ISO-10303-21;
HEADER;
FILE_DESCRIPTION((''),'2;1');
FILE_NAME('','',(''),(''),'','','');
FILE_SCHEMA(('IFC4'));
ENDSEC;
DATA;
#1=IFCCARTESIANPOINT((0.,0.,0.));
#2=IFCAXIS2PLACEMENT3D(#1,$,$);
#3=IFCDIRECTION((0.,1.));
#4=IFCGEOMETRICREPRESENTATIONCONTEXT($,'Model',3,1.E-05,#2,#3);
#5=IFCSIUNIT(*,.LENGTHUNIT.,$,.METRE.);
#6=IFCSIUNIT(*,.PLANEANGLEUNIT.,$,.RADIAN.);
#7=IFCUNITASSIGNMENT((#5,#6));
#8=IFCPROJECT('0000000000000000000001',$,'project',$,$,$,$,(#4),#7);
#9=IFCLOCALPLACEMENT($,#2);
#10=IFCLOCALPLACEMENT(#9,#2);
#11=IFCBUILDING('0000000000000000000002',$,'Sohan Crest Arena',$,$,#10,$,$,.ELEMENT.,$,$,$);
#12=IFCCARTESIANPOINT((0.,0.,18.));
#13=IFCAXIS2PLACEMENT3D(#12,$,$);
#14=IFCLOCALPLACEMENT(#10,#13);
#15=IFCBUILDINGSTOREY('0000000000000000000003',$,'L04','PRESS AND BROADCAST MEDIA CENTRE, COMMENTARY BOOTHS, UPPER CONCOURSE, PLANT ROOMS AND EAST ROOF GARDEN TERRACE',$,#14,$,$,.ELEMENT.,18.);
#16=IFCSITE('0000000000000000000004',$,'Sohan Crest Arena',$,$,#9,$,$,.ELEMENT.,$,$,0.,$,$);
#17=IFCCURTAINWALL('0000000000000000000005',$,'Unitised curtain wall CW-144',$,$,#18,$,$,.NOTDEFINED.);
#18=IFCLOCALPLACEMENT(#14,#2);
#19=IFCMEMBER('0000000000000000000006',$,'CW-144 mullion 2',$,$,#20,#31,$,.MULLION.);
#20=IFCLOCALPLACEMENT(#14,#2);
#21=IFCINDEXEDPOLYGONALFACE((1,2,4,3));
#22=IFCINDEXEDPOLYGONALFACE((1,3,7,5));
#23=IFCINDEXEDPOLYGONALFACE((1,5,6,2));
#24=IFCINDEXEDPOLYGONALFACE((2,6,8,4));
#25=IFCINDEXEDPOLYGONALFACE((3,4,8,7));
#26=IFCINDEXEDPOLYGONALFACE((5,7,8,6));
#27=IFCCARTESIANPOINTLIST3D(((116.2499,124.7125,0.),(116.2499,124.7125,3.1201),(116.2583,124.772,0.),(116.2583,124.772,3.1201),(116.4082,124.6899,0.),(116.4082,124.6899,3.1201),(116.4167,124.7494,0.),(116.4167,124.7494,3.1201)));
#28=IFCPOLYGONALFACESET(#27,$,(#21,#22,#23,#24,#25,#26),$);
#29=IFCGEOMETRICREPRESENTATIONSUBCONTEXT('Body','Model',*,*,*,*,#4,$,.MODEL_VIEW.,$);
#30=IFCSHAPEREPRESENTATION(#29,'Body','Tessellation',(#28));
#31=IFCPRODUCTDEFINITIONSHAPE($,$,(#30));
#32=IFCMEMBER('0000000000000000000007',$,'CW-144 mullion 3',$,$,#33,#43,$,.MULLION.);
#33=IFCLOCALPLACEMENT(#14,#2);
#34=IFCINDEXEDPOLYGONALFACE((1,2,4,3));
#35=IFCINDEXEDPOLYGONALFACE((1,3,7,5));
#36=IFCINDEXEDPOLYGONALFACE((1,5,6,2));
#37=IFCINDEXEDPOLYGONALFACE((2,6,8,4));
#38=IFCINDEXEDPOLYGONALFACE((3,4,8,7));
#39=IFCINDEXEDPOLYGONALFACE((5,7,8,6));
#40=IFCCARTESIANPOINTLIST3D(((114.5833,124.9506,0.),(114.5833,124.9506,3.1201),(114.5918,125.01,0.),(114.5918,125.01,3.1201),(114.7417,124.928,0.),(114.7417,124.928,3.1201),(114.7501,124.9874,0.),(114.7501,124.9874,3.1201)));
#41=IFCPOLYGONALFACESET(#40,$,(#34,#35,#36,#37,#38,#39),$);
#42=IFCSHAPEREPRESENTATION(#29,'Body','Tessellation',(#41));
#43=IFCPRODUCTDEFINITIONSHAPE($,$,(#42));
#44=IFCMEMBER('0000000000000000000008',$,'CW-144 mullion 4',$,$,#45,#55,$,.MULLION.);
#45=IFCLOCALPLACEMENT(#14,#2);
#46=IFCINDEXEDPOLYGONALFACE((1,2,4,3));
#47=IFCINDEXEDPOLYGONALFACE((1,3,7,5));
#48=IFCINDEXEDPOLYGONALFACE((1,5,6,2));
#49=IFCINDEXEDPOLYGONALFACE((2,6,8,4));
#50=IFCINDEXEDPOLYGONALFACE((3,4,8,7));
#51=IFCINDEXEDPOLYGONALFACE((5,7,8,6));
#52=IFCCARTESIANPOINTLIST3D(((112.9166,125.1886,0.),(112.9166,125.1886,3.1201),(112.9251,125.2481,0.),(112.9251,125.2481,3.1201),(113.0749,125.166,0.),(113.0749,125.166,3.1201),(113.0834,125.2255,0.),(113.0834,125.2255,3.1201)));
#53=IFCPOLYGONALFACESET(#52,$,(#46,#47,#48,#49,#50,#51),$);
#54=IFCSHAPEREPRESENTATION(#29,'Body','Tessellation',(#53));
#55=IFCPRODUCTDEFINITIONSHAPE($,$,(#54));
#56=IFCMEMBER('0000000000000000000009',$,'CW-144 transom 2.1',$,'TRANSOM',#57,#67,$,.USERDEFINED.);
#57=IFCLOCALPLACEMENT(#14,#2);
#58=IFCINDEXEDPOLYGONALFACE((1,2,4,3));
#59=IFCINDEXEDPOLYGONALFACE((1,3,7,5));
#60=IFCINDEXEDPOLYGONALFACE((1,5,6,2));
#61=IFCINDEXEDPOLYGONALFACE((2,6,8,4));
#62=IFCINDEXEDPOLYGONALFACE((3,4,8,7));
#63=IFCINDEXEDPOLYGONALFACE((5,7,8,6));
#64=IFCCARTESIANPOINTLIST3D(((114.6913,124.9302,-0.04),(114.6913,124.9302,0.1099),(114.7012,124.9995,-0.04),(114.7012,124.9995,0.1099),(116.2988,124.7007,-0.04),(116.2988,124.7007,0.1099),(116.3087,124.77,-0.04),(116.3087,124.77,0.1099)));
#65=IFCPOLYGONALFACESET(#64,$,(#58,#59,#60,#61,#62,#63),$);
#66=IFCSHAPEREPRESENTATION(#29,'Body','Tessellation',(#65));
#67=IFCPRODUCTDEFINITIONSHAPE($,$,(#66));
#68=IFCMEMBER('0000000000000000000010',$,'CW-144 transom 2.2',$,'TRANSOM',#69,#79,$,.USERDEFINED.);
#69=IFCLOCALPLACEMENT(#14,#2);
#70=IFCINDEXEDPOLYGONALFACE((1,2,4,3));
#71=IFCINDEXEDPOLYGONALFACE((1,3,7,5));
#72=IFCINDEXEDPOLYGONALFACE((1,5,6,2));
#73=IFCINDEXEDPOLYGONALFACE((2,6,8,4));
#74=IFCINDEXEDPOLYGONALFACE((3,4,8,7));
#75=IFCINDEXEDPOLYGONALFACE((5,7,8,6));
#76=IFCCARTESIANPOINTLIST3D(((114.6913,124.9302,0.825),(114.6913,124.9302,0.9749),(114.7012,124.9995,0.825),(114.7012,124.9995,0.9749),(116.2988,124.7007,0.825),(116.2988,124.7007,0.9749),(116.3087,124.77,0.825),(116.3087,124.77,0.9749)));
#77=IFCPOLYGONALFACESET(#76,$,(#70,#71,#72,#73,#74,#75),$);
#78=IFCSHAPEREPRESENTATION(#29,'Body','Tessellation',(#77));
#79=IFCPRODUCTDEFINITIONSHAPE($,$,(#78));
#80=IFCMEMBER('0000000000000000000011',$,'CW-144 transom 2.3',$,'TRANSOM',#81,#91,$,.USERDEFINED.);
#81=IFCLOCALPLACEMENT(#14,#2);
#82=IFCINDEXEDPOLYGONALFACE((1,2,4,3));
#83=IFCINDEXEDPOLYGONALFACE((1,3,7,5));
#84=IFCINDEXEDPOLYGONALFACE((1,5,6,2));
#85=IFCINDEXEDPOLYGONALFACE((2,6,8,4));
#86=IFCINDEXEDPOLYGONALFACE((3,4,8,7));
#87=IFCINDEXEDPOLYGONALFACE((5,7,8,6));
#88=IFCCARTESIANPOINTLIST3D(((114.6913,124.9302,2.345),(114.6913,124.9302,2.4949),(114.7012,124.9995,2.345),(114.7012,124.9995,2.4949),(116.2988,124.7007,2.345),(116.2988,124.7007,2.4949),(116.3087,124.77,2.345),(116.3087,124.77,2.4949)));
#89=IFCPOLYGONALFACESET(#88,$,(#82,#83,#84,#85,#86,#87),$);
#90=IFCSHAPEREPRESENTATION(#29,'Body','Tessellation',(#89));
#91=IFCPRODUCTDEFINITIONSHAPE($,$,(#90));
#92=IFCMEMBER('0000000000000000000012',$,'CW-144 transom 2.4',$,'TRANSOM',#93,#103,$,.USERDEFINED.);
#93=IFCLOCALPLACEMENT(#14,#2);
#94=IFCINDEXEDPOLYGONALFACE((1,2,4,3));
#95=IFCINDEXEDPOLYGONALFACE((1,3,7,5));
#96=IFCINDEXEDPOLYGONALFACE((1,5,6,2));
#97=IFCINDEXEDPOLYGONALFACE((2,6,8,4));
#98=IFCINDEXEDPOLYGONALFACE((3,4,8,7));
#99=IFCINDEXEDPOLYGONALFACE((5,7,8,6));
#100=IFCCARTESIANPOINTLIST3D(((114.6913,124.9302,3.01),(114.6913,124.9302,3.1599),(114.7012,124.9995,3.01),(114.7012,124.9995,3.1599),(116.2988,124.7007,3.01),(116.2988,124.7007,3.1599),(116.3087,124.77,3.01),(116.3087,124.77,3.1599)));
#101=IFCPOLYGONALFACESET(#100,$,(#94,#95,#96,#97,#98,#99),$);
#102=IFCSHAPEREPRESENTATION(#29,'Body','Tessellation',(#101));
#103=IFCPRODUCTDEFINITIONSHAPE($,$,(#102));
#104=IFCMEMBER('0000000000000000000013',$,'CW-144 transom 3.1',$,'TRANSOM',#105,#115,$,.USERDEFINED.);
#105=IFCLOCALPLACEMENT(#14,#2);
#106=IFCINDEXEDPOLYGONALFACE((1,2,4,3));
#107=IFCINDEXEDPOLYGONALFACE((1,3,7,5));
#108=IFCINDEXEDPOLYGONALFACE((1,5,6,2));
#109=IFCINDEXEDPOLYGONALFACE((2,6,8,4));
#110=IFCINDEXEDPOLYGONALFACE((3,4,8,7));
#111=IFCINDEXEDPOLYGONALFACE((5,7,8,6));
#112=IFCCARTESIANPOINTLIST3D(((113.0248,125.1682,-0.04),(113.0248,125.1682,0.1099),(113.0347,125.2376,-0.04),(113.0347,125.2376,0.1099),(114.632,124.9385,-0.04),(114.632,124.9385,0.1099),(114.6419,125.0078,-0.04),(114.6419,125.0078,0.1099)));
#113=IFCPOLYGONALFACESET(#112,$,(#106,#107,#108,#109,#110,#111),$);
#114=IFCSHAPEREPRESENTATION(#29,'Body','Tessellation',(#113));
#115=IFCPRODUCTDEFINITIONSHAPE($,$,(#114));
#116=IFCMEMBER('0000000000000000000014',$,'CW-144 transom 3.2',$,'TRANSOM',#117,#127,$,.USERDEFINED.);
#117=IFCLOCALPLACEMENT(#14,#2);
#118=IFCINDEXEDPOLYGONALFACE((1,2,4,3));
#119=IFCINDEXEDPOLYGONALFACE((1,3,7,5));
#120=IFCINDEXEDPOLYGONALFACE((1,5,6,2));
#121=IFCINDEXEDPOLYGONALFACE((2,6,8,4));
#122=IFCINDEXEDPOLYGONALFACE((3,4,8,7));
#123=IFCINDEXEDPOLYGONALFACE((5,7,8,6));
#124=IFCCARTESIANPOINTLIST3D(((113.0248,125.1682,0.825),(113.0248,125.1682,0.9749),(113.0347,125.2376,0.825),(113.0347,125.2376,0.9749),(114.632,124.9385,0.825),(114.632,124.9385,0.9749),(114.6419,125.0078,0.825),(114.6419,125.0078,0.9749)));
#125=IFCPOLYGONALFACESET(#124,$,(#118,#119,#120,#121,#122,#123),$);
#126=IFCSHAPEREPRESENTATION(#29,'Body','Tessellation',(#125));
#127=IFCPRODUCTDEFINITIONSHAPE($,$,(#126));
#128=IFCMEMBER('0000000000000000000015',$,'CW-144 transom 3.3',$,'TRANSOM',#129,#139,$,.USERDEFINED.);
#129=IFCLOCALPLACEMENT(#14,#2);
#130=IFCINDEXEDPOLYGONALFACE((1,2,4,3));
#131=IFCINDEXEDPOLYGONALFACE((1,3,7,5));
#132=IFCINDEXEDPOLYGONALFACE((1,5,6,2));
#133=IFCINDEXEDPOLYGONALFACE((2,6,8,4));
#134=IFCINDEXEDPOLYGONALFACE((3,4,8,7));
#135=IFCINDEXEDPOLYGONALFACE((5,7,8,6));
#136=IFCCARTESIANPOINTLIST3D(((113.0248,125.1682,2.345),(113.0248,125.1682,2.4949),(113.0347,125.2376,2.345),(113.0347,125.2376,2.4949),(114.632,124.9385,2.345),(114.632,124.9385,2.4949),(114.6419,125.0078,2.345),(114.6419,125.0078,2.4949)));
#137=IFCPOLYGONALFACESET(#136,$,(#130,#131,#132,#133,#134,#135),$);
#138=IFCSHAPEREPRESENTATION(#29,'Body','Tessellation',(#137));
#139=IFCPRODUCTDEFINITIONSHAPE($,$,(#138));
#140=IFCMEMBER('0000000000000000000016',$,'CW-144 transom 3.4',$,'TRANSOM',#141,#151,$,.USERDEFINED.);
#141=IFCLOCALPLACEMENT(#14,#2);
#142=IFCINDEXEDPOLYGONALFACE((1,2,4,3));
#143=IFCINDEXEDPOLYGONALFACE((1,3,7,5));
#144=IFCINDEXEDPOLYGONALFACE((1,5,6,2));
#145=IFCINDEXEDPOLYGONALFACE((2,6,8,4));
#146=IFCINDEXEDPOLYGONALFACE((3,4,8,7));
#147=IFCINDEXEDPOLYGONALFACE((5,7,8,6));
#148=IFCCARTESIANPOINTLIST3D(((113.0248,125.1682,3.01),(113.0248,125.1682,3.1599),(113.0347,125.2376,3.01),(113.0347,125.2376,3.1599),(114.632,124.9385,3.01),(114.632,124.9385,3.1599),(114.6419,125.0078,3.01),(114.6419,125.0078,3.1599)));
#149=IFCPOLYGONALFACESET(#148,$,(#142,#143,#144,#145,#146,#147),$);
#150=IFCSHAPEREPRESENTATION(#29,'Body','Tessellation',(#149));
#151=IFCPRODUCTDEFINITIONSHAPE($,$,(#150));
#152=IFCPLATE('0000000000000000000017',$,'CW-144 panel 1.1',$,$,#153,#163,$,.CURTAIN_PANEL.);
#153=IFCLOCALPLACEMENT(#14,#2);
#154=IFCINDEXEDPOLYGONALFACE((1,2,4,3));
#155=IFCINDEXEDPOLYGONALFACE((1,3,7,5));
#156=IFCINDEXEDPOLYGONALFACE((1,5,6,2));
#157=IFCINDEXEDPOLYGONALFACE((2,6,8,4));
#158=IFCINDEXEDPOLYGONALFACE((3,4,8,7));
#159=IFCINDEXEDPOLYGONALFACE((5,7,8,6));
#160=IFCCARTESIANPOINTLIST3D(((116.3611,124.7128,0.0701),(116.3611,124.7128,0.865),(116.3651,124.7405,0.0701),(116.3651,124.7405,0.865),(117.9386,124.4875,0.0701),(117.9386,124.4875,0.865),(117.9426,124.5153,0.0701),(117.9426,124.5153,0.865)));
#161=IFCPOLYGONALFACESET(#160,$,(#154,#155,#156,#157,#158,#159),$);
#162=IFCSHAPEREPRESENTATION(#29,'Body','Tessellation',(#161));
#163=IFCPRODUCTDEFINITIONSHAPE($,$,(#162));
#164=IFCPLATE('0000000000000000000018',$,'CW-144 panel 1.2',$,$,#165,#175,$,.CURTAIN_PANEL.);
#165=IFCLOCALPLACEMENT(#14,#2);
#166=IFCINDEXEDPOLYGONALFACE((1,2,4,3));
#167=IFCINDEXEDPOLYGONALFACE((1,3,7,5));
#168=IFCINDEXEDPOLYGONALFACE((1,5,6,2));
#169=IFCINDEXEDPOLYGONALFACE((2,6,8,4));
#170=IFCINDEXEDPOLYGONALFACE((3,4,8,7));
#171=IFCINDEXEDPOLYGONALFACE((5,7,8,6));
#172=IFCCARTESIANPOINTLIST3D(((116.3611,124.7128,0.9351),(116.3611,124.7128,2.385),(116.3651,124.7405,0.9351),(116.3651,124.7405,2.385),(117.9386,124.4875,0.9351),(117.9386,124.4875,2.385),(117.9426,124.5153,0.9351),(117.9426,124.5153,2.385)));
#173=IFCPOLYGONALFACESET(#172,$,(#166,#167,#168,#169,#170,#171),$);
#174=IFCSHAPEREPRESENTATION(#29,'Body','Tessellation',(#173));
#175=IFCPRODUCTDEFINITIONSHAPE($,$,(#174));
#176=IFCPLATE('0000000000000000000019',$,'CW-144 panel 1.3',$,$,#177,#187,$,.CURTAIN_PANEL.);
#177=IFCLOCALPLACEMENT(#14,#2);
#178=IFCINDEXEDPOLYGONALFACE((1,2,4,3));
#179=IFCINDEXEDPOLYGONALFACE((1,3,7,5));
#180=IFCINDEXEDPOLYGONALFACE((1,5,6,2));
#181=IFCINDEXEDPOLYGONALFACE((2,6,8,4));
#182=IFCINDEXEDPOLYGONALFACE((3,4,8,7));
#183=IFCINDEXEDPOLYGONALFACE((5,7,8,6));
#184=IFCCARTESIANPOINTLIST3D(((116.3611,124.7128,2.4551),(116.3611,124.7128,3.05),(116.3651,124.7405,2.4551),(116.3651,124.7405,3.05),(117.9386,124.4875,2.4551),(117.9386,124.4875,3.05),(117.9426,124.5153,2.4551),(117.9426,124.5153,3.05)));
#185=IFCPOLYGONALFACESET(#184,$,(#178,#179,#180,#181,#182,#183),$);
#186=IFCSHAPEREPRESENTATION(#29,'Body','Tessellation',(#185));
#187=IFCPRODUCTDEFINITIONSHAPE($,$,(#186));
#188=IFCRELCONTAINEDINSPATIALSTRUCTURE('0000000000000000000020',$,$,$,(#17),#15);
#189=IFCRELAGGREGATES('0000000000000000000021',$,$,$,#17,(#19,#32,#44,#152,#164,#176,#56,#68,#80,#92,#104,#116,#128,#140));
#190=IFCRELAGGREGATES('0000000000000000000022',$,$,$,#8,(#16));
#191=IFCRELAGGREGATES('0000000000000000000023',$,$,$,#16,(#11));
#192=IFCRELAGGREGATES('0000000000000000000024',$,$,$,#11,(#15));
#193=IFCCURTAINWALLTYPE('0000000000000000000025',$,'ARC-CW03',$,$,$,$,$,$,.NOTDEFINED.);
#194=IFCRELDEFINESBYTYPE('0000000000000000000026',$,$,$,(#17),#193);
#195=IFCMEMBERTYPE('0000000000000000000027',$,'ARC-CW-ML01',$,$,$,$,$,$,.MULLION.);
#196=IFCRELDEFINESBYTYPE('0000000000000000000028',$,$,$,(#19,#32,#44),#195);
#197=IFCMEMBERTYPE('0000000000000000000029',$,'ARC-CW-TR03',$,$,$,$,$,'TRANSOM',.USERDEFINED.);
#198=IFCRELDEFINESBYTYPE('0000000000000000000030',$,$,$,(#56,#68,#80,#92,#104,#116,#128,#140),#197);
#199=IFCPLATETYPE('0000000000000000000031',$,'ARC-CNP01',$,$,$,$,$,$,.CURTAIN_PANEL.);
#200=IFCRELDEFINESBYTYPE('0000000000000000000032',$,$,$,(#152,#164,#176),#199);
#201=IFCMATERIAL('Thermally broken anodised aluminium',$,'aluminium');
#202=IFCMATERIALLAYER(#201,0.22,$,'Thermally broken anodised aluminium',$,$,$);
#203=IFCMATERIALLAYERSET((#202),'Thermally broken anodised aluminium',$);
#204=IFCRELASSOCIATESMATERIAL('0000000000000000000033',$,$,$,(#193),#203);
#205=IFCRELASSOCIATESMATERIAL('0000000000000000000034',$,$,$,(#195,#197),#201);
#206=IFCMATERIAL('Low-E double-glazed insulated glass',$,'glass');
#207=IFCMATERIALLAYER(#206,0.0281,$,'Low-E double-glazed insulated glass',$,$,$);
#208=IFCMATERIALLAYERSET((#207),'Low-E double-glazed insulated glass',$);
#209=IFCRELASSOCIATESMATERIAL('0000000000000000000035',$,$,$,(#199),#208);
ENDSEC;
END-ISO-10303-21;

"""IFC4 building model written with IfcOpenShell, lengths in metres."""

from ifc_helpers import new_model, si_unit, direction, frame, origin, origin_2d, place, context, subcontext, project, spatial, rectangle, extrude, material, layer, layer_set, material_profile, profile_set, type_object, element, aggregate, save


model = new_model("IFC4")

# Units and contexts
model_context = context("Model", 3, precision=1e-05, world=origin(), true_north=direction((0.0, 1.0)))
body_context = subcontext(model_context, "Body", "Model", "MODEL_VIEW")
ifc_project = project(units=[si_unit("LENGTHUNIT", "METRE"), si_unit("PLANEANGLEUNIT", "RADIAN")], contexts=[model_context])

# Site, building, storey
site_placement = place(None, origin())
site = spatial("IfcSite", under=ifc_project, at=site_placement, Name="Sohan Crest Arena", CompositionType="ELEMENT", RefElevation=0.0)
building_placement = place(site_placement, origin())
building = spatial("IfcBuilding", under=site, at=building_placement, Name="Sohan Crest Arena", CompositionType="ELEMENT")
storey_placement = place(building_placement, frame((0.0, 0.0, 18.0)))
storey = spatial("IfcBuildingStorey", under=building, at=storey_placement, Name="L04", Description="PRESS AND BROADCAST MEDIA CENTRE, COMMENTARY BOOTHS, UPPER CONCOURSE, PLANT ROOMS AND EAST ROOF GARDEN TERRACE", CompositionType="ELEMENT", Elevation=18.0)

# Curtain wall, members, plates
ifc_material_1 = material(Name="Thermally broken anodised aluminium", Category="aluminium")
ifc_layer_1 = layer(ifc_material_1, 0.22, Name="Thermally broken anodised aluminium")
ifc_layer_set_1 = layer_set([ifc_layer_1], Name="Thermally broken anodised aluminium")
curtain_wall_type = type_object("IfcCurtainWallType", Name="ARC-CW03", PredefinedType="NOTDEFINED", material=ifc_layer_set_1)
curtain_wall_placement = place(storey_placement, origin())
curtain_wall = element("IfcCurtainWall", 1, at=curtain_wall_placement, inside=storey, type_object=curtain_wall_type, Name="Unitised curtain wall CW-144", PredefinedType="NOTDEFINED")
ifc_material_profile_1 = material_profile(ifc_material_1, rectangle(XDim=0.0601, YDim=0.1599, at=origin_2d()), Name="ALU-MULL 60x160")
ifc_profile_set_1 = profile_set([ifc_material_profile_1], Name="Thermally broken anodised aluminium")
member_type_1 = type_object("IfcMemberType", Name="ARC-CW-ML01", PredefinedType="MULLION", material=ifc_profile_set_1)
member_1_placement = place(storey_placement, frame((116.3333, 124.731, 0.0), z_axis=(0.0, 0.0, 1.0), x_axis=(-0.141366, -0.989957, 0.0)))
member_1 = element("IfcMember", 2, at=member_1_placement, type_object=member_type_1, Name="CW-144 mullion 2", PredefinedType="MULLION", context=body_context, shape_type="SweptSolid", body=[
    extrude(rectangle(XDim=0.0601, YDim=0.1599, at=origin_2d()), origin(), (0.0, 0.0, 1.0), 3.1201),
])
member_2_placement = place(storey_placement, frame((114.6667, 124.969, 0.0), z_axis=(0.0, 0.0, 1.0), x_axis=(-0.141366, -0.989957, 0.0)))
member_2 = element("IfcMember", 3, at=member_2_placement, type_object=member_type_1, Name="CW-144 mullion 3", PredefinedType="MULLION", context=body_context, shape_type="SweptSolid", body=[
    extrude(rectangle(XDim=0.0601, YDim=0.1599, at=origin_2d()), origin(), (0.0, 0.0, 1.0), 3.1201),
])
member_3_placement = place(storey_placement, frame((113.0, 125.207, 0.0), z_axis=(0.0, 0.0, 1.0), x_axis=(-0.141366, -0.989957, 0.0)))
member_3 = element("IfcMember", 4, at=member_3_placement, type_object=member_type_1, Name="CW-144 mullion 4", PredefinedType="MULLION", context=body_context, shape_type="SweptSolid", body=[
    extrude(rectangle(XDim=0.0601, YDim=0.1599, at=origin_2d()), origin(), (0.0, 0.0, 1.0), 3.1201),
])
ifc_material_profile_2 = material_profile(ifc_material_1, rectangle(XDim=0.0701, YDim=0.1499, at=origin_2d()), Name="ALU-TRAN 70x150")
ifc_profile_set_2 = profile_set([ifc_material_profile_2], Name="Thermally broken anodised aluminium")
member_type_2 = type_object("IfcMemberType", Name="ARC-CW-TR03", ElementType="TRANSOM", PredefinedType="USERDEFINED", material=ifc_profile_set_2)
member_4_placement = place(storey_placement, frame((116.3037, 124.7354, 0.0349), z_axis=(-0.989962, 0.141337, 0.0), x_axis=(-0.141337, -0.989962, 0.0)))
member_4 = element("IfcMember", 5, at=member_4_placement, type_object=member_type_2, Name="CW-144 transom 2.1", ObjectType="TRANSOM", PredefinedType="USERDEFINED", context=body_context, shape_type="SweptSolid", body=[
    extrude(rectangle(XDim=0.0701, YDim=0.1499, at=origin_2d()), origin(), (0.0, 0.0, 1.0), 1.6238),
])
member_5_placement = place(storey_placement, frame((116.3037, 124.7354, 0.8999), z_axis=(-0.989962, 0.141337, 0.0), x_axis=(-0.141337, -0.989962, 0.0)))
member_5 = element("IfcMember", 6, at=member_5_placement, type_object=member_type_2, Name="CW-144 transom 2.2", ObjectType="TRANSOM", PredefinedType="USERDEFINED", context=body_context, shape_type="SweptSolid", body=[
    extrude(rectangle(XDim=0.0701, YDim=0.1499, at=origin_2d()), origin(), (0.0, 0.0, 1.0), 1.6238),
])
member_6_placement = place(storey_placement, frame((116.3037, 124.7354, 2.4199), z_axis=(-0.989962, 0.141337, 0.0), x_axis=(-0.141337, -0.989962, 0.0)))
member_6 = element("IfcMember", 7, at=member_6_placement, type_object=member_type_2, Name="CW-144 transom 2.3", ObjectType="TRANSOM", PredefinedType="USERDEFINED", context=body_context, shape_type="SweptSolid", body=[
    extrude(rectangle(XDim=0.0701, YDim=0.1499, at=origin_2d()), origin(), (0.0, 0.0, 1.0), 1.6238),
])
member_7_placement = place(storey_placement, frame((116.3037, 124.7354, 3.085), z_axis=(-0.989962, 0.141337, 0.0), x_axis=(-0.141337, -0.989962, 0.0)))
member_7 = element("IfcMember", 8, at=member_7_placement, type_object=member_type_2, Name="CW-144 transom 2.4", ObjectType="TRANSOM", PredefinedType="USERDEFINED", context=body_context, shape_type="SweptSolid", body=[
    extrude(rectangle(XDim=0.0701, YDim=0.1499, at=origin_2d()), origin(), (0.0, 0.0, 1.0), 1.6238),
])
member_8_placement = place(storey_placement, frame((114.637, 124.9731, 0.0349), z_axis=(-0.989937, 0.141506, 0.0), x_axis=(-0.141506, -0.989937, 0.0)))
member_8 = element("IfcMember", 9, at=member_8_placement, type_object=member_type_2, Name="CW-144 transom 3.1", ObjectType="TRANSOM", PredefinedType="USERDEFINED", context=body_context, shape_type="SweptSolid", body=[
    extrude(rectangle(XDim=0.0701, YDim=0.1499, at=origin_2d()), origin(), (0.0, 0.0, 1.0), 1.6235),
])
member_9_placement = place(storey_placement, frame((114.637, 124.9731, 0.8999), z_axis=(-0.989937, 0.141506, 0.0), x_axis=(-0.141506, -0.989937, 0.0)))
member_9 = element("IfcMember", 10, at=member_9_placement, type_object=member_type_2, Name="CW-144 transom 3.2", ObjectType="TRANSOM", PredefinedType="USERDEFINED", context=body_context, shape_type="SweptSolid", body=[
    extrude(rectangle(XDim=0.0701, YDim=0.1499, at=origin_2d()), origin(), (0.0, 0.0, 1.0), 1.6235),
])
member_10_placement = place(storey_placement, frame((114.637, 124.9731, 2.4199), z_axis=(-0.989937, 0.141506, 0.0), x_axis=(-0.141506, -0.989937, 0.0)))
member_10 = element("IfcMember", 11, at=member_10_placement, type_object=member_type_2, Name="CW-144 transom 3.3", ObjectType="TRANSOM", PredefinedType="USERDEFINED", context=body_context, shape_type="SweptSolid", body=[
    extrude(rectangle(XDim=0.0701, YDim=0.1499, at=origin_2d()), origin(), (0.0, 0.0, 1.0), 1.6235),
])
member_11_placement = place(storey_placement, frame((114.637, 124.9731, 3.085), z_axis=(-0.989937, 0.141506, 0.0), x_axis=(-0.141506, -0.989937, 0.0)))
member_11 = element("IfcMember", 12, at=member_11_placement, type_object=member_type_2, Name="CW-144 transom 3.4", ObjectType="TRANSOM", PredefinedType="USERDEFINED", context=body_context, shape_type="SweptSolid", body=[
    extrude(rectangle(XDim=0.0701, YDim=0.1499, at=origin_2d()), origin(), (0.0, 0.0, 1.0), 1.6235),
])
ifc_material_2 = material(Name="Low-E double-glazed insulated glass", Category="glass")
ifc_layer_2 = layer(ifc_material_2, 0.0281, Name="Low-E double-glazed insulated glass")
ifc_layer_set_2 = layer_set([ifc_layer_2], Name="Low-E double-glazed insulated glass")
plate_type = type_object("IfcPlateType", Name="ARC-CNP01", PredefinedType="CURTAIN_PANEL", material=ifc_layer_set_2)
plate_1_placement = place(storey_placement, frame((117.1519, 124.614, 0.0701), z_axis=(0.0, 0.0, 1.0), x_axis=(-0.989957, 0.141366, 0.0)))
plate_1 = element("IfcPlate", 13, at=plate_1_placement, type_object=plate_type, Name="CW-144 panel 1.1", PredefinedType="CURTAIN_PANEL", context=body_context, shape_type="SweptSolid", body=[
    extrude(rectangle(XDim=1.5935, YDim=0.0281, at=origin_2d()), origin(), (0.0, 0.0, 1.0), 0.7949),
])
plate_2_placement = place(storey_placement, frame((117.1519, 124.614, 0.9351), z_axis=(0.0, 0.0, 1.0), x_axis=(-0.989957, 0.141366, 0.0)))
plate_2 = element("IfcPlate", 14, at=plate_2_placement, type_object=plate_type, Name="CW-144 panel 1.2", PredefinedType="CURTAIN_PANEL", context=body_context, shape_type="SweptSolid", body=[
    extrude(rectangle(XDim=1.5935, YDim=0.0281, at=origin_2d()), origin(), (0.0, 0.0, 1.0), 1.45),
])
plate_3_placement = place(storey_placement, frame((117.1519, 124.614, 2.4551), z_axis=(0.0, 0.0, 1.0), x_axis=(-0.989957, 0.141366, 0.0)))
plate_3 = element("IfcPlate", 15, at=plate_3_placement, type_object=plate_type, Name="CW-144 panel 1.3", PredefinedType="CURTAIN_PANEL", context=body_context, shape_type="SweptSolid", body=[
    extrude(rectangle(XDim=1.5935, YDim=0.0281, at=origin_2d()), origin(), (0.0, 0.0, 1.0), 0.595),
])
aggregate(curtain_wall, [member_1, member_2, member_3, plate_1, plate_2, plate_3, member_4, member_5, member_6, member_7, member_8, member_9, member_10, member_11])

save(model, "model.ifc")
